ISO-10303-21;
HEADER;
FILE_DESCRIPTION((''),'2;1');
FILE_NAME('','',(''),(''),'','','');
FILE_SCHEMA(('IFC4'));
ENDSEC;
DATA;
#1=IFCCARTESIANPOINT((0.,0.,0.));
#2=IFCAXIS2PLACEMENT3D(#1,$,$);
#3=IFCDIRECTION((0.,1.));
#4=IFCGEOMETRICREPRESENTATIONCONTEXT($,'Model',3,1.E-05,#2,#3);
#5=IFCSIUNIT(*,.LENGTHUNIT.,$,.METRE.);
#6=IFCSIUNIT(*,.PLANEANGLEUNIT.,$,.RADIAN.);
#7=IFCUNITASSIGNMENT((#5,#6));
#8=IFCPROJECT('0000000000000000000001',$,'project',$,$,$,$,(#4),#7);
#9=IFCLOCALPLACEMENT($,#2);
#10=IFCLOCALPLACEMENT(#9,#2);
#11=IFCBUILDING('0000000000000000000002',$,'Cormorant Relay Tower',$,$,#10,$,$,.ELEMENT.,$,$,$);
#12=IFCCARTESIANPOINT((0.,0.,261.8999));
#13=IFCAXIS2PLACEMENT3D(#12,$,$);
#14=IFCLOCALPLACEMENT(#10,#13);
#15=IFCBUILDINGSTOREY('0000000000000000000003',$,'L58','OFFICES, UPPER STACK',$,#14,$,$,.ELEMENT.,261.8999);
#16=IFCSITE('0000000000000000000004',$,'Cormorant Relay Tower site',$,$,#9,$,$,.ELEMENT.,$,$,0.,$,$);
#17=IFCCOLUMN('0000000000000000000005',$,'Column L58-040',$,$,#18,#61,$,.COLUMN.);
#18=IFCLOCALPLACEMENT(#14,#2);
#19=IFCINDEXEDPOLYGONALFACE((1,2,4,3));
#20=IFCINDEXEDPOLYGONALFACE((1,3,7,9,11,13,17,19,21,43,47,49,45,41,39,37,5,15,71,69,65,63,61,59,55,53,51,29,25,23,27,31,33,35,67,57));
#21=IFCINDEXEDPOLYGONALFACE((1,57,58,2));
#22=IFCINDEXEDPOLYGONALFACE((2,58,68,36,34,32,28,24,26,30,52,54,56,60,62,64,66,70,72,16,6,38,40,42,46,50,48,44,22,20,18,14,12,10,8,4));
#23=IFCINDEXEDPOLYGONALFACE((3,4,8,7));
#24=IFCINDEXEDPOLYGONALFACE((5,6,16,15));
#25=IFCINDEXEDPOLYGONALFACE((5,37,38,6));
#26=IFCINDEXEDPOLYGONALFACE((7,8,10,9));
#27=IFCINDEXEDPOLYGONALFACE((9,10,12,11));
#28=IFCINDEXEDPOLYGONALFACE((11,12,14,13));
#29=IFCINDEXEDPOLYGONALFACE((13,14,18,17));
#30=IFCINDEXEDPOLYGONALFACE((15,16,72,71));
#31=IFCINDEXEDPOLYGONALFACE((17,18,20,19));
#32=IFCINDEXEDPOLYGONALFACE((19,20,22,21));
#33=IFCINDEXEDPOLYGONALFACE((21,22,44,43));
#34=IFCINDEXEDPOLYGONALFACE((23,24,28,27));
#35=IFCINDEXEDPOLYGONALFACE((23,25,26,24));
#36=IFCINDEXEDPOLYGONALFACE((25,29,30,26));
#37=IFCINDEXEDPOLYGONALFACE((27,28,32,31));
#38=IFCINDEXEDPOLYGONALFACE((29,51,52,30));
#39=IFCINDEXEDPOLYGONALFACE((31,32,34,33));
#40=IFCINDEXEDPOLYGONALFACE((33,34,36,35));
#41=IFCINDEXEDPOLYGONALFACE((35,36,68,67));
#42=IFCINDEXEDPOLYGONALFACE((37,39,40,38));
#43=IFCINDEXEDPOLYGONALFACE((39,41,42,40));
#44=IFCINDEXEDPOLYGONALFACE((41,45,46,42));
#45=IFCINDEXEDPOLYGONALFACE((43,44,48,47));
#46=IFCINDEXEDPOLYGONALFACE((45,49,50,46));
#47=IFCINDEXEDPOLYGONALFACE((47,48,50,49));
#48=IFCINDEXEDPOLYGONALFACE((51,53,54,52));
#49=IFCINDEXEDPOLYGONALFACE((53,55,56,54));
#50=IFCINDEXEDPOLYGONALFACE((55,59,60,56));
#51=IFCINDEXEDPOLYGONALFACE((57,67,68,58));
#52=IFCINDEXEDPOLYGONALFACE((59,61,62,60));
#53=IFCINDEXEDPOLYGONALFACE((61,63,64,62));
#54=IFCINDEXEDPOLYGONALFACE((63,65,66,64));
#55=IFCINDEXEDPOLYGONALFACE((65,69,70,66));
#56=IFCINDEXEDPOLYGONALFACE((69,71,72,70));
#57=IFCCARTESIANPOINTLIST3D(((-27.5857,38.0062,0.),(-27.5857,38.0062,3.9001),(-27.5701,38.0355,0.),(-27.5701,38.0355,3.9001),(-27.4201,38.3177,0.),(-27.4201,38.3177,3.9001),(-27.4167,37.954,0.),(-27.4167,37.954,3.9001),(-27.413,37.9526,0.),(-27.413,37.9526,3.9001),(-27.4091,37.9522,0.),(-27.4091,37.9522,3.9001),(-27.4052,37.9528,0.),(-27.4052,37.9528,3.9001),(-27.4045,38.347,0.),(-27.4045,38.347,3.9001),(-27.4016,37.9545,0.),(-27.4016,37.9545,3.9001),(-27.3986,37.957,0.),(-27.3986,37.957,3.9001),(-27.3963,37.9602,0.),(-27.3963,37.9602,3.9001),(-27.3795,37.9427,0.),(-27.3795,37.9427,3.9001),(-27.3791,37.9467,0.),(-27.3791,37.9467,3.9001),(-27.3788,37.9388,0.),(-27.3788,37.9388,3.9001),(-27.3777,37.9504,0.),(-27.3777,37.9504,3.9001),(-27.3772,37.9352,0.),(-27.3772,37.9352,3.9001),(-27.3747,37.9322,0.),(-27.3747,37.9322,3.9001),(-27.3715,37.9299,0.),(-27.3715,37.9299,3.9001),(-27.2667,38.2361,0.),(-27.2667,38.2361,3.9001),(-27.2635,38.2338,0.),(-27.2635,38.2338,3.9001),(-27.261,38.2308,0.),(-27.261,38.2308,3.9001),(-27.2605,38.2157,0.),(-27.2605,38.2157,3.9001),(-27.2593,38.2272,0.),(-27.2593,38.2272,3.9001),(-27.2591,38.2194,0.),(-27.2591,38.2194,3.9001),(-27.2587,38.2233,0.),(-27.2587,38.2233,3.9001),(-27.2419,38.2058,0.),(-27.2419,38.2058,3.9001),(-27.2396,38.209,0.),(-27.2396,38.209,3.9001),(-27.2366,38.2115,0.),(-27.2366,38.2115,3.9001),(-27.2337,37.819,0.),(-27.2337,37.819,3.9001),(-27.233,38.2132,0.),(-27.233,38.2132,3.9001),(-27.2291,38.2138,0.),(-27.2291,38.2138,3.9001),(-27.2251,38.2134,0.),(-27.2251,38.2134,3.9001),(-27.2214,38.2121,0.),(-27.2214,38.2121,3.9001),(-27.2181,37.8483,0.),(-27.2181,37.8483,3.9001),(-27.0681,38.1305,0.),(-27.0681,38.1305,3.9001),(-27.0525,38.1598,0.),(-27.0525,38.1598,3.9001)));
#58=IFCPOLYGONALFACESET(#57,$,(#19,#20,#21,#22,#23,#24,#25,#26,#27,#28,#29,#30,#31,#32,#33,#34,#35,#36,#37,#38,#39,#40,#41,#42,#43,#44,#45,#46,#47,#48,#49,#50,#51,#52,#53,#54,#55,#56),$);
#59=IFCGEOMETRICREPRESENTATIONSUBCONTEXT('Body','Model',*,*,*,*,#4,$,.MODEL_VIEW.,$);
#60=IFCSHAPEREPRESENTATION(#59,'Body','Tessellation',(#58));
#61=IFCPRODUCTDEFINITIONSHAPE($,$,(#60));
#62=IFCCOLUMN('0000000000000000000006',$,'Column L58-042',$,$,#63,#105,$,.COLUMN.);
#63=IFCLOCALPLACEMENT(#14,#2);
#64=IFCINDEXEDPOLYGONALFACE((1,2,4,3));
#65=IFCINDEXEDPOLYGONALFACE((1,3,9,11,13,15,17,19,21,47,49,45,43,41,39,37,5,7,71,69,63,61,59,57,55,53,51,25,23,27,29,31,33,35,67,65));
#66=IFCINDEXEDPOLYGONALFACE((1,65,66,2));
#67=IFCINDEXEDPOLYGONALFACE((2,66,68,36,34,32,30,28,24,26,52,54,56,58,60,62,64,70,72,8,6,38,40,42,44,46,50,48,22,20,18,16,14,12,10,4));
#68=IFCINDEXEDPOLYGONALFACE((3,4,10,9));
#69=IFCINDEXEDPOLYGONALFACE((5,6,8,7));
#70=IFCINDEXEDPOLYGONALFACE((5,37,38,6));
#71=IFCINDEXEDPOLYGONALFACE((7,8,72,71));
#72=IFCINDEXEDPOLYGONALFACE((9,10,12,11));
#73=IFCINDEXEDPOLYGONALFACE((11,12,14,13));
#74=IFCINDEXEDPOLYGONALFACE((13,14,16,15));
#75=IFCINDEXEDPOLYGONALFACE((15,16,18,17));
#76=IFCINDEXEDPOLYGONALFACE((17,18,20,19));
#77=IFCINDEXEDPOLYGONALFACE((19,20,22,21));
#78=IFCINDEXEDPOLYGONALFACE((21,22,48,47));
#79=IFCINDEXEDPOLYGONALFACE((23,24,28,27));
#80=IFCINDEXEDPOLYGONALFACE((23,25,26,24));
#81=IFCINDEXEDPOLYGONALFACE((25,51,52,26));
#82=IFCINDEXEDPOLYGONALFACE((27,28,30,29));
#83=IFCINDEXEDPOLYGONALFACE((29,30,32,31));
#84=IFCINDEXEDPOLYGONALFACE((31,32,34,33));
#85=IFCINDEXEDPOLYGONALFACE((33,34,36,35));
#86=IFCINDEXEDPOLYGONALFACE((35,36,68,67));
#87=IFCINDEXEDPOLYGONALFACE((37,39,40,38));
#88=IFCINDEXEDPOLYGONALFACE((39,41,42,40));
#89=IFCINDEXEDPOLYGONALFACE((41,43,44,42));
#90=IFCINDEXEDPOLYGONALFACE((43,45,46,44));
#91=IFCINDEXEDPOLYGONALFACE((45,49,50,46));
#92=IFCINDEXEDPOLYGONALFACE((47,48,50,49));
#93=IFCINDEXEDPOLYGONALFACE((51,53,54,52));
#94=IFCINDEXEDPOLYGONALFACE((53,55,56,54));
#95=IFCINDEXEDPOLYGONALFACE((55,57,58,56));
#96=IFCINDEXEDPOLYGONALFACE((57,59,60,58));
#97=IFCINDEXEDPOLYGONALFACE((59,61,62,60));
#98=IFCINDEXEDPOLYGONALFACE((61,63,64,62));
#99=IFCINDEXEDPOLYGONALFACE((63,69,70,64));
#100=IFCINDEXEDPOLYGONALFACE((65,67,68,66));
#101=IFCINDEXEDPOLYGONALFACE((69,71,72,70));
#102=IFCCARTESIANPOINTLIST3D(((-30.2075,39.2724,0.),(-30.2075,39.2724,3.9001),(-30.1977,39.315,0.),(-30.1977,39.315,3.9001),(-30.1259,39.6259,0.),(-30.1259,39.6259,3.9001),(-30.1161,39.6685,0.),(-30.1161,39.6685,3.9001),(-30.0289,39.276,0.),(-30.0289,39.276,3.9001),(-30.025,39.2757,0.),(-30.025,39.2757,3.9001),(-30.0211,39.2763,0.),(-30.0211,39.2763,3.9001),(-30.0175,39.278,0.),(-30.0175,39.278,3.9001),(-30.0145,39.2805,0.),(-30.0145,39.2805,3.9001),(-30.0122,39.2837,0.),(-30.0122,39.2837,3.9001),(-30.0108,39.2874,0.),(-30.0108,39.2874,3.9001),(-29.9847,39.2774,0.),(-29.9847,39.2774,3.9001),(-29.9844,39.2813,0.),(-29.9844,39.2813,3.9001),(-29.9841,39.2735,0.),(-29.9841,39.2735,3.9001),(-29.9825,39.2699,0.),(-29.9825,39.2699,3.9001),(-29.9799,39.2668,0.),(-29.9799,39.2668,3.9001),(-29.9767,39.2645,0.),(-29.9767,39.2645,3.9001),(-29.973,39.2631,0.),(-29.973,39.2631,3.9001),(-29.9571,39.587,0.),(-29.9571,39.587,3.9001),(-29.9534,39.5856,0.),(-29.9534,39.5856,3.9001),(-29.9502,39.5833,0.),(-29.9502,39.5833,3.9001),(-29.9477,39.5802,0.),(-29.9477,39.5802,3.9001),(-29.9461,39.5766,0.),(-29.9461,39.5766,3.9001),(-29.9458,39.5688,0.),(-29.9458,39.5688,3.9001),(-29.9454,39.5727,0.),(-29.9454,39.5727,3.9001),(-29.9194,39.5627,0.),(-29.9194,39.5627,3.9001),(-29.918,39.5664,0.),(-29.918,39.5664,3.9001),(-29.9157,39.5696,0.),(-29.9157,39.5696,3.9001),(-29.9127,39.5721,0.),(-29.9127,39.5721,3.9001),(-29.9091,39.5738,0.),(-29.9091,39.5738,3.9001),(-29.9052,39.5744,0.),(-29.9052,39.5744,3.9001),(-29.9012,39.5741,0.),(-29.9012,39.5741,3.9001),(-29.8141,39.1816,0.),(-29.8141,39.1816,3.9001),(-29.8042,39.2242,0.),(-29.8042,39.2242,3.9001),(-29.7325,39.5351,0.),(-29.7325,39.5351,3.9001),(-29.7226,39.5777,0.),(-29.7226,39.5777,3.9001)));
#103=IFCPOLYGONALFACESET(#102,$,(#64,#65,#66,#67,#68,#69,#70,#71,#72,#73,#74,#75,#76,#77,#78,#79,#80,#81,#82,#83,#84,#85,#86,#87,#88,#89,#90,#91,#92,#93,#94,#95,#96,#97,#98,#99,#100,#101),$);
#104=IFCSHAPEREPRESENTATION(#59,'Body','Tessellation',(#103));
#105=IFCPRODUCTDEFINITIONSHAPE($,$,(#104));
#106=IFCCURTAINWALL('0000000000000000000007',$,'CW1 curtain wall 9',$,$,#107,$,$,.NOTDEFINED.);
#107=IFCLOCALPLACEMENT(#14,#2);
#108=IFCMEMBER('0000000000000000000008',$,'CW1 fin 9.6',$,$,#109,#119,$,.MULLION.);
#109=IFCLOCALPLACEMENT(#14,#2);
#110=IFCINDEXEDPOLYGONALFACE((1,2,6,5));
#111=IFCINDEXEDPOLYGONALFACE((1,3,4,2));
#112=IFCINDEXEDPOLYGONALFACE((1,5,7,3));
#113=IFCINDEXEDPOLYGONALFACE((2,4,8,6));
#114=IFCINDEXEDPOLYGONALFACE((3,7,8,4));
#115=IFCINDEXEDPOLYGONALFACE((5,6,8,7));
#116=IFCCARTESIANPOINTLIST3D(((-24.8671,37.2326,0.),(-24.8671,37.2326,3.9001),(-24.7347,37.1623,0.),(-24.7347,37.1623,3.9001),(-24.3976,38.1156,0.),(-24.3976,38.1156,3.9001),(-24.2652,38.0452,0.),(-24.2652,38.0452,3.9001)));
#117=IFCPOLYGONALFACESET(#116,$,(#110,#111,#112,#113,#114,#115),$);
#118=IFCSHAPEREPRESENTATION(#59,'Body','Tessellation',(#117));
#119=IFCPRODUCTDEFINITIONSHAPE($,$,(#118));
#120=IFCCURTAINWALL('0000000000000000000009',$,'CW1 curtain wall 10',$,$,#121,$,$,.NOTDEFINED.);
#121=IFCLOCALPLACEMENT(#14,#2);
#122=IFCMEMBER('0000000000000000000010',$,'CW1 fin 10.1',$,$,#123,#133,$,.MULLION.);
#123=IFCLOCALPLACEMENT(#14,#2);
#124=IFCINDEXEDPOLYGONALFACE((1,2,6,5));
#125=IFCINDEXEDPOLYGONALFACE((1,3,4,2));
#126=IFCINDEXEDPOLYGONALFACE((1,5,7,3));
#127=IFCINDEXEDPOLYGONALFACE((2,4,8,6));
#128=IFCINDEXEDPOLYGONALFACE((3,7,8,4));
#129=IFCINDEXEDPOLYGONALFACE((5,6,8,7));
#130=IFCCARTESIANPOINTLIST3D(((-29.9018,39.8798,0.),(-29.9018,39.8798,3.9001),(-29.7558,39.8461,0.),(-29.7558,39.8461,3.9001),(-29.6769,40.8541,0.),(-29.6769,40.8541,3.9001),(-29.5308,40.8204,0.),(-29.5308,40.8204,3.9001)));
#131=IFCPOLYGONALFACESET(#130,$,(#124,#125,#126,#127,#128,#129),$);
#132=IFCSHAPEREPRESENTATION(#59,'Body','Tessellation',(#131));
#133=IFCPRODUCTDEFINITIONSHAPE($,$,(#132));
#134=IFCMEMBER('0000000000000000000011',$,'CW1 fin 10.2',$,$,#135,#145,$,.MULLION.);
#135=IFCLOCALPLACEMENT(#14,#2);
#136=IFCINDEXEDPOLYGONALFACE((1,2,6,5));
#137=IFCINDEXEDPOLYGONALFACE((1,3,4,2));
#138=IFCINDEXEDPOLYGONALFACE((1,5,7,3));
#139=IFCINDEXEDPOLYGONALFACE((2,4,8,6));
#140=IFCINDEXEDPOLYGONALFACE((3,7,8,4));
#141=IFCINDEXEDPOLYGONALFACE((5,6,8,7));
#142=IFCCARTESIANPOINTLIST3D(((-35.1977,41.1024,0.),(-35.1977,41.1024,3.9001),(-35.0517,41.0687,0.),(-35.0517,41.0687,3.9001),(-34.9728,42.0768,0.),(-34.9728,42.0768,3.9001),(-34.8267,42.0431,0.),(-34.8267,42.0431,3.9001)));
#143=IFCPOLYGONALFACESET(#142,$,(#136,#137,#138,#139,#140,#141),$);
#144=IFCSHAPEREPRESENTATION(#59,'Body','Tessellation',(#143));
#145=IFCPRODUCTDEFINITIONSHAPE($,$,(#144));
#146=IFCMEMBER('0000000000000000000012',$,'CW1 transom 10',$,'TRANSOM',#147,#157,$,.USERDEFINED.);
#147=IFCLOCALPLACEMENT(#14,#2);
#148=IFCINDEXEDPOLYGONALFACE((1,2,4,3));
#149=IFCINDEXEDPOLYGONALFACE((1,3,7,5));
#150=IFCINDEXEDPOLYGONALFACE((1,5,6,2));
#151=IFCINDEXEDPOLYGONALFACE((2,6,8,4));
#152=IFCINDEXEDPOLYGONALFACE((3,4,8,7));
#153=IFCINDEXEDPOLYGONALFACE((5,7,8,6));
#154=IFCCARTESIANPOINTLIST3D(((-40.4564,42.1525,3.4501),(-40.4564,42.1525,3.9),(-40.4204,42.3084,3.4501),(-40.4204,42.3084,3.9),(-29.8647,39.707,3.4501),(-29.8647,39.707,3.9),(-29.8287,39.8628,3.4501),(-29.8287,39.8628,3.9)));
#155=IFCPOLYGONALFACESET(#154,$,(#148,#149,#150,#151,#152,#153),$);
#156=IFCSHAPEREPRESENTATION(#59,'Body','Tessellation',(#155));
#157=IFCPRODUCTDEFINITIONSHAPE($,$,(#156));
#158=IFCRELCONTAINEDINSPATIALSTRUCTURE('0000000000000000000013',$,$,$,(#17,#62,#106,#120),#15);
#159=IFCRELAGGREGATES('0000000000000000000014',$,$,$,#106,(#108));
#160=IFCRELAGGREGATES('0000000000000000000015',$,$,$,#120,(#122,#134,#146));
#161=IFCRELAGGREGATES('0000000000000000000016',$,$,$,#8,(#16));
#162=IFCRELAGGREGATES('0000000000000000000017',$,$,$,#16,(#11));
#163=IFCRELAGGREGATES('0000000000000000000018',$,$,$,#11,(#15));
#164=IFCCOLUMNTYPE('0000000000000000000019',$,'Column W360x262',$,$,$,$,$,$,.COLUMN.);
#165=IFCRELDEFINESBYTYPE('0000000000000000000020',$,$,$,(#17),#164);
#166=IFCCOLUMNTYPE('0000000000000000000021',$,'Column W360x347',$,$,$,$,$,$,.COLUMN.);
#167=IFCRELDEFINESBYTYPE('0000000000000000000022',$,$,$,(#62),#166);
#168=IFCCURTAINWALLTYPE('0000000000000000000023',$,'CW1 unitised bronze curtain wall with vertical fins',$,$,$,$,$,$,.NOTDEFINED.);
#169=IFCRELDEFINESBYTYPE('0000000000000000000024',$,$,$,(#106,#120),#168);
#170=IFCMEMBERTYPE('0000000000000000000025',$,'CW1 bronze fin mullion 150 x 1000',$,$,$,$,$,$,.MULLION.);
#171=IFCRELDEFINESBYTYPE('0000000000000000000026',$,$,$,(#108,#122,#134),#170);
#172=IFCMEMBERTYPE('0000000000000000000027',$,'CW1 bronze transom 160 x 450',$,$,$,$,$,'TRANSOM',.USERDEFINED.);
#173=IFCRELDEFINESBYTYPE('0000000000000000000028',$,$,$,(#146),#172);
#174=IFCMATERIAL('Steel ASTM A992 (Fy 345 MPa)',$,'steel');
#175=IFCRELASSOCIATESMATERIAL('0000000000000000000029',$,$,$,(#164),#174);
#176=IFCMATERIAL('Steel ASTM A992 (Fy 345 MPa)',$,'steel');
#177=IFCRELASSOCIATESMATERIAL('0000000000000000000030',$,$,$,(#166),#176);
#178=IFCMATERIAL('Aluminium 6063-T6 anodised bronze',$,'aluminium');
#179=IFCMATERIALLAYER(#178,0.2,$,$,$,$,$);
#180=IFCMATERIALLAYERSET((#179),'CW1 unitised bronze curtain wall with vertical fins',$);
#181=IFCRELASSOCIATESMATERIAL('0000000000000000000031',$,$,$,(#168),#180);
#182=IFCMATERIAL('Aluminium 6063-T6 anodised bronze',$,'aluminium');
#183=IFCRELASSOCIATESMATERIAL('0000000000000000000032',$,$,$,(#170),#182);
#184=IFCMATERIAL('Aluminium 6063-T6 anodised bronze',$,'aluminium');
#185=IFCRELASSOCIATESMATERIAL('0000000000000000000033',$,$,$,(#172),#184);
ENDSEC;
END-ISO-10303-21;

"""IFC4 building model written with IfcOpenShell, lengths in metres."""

from ifc_helpers import new_model, si_unit, direction, frame, origin, origin_2d, place, context, subcontext, project, spatial, rectangle, i_section, extrude, material, layer, layer_set, material_profile, profile_set, type_object, element, aggregate, save


model = new_model("IFC4")

# Units and contexts
model_context = context("Model", 3, precision=1e-05, world=origin(), true_north=direction((0.0, 1.0)))
body_context = subcontext(model_context, "Body", "Model", "MODEL_VIEW")
ifc_project = project(units=[si_unit("LENGTHUNIT", "METRE"), si_unit("PLANEANGLEUNIT", "RADIAN")], contexts=[model_context])

# Site, building, storey
site_placement = place(None, origin())
site = spatial("IfcSite", under=ifc_project, at=site_placement, Name="Cormorant Relay Tower site", CompositionType="ELEMENT", RefElevation=0.0)
building_placement = place(site_placement, origin())
building = spatial("IfcBuilding", under=site, at=building_placement, Name="Cormorant Relay Tower", CompositionType="ELEMENT")
storey_placement = place(building_placement, frame((0.0, 0.0, 261.8999)))
storey = spatial("IfcBuildingStorey", under=building, at=storey_placement, Name="L58", Description="OFFICES, UPPER STACK", CompositionType="ELEMENT", Elevation=261.8999)

# Columns
ifc_material_1 = material(Name="Steel ASTM A992 (Fy 345 MPa)", Category="steel")
ifc_material_profile_1 = material_profile(ifc_material_1, i_section(OverallWidth=0.3987, OverallDepth=0.386, WebThickness=0.021, FlangeThickness=0.0332, FilletRadius=0.0151, at=origin_2d()), Name="W360x262")
ifc_profile_set_1 = profile_set([ifc_material_profile_1], Name="Steel ASTM A992 (Fy 345 MPa)")
column_type_1 = type_object("IfcColumnType", Name="Column W360x262", PredefinedType="COLUMN", material=ifc_profile_set_1)
column_1_placement = place(storey_placement, frame((-27.3191, 38.083, 0.0), z_axis=(0.0, 0.0, 1.0), x_axis=(-0.882948, 0.469472, 0.0)))
element("IfcColumn", 1, at=column_1_placement, inside=storey, type_object=column_type_1, Name="Column L58-040", PredefinedType="COLUMN", context=body_context, shape_type="SweptSolid", body=[
    extrude(i_section(OverallWidth=0.3987, OverallDepth=0.386, WebThickness=0.021, FlangeThickness=0.0332, FilletRadius=0.0151, at=origin_2d()), origin(), (0.0, 0.0, 1.0), 3.9001),
])
ifc_material_2 = material(Name="Steel ASTM A992 (Fy 345 MPa)", Category="steel")
ifc_material_profile_2 = material_profile(ifc_material_2, i_section(OverallWidth=0.4038, OverallDepth=0.4065, WebThickness=0.0271, FlangeThickness=0.0437, FilletRadius=0.0151, at=origin_2d()), Name="W360x347")
ifc_profile_set_2 = profile_set([ifc_material_profile_2], Name="Steel ASTM A992 (Fy 345 MPa)")
column_type_2 = type_object("IfcColumnType", Name="Column W360x347", PredefinedType="COLUMN", material=ifc_profile_set_2)
column_2_placement = place(storey_placement, frame((-29.9651, 39.425, 0.0), z_axis=(0.0, 0.0, 1.0), x_axis=(-0.97437, 0.224951, 0.0)))
element("IfcColumn", 2, at=column_2_placement, inside=storey, type_object=column_type_2, Name="Column L58-042", PredefinedType="COLUMN", context=body_context, shape_type="SweptSolid", body=[
    extrude(i_section(OverallWidth=0.4038, OverallDepth=0.4065, WebThickness=0.0271, FlangeThickness=0.0437, FilletRadius=0.0151, at=origin_2d()), origin(), (0.0, 0.0, 1.0), 3.9001),
])

# Curtain wall, member
ifc_material_3 = material(Name="Aluminium 6063-T6 anodised bronze", Category="aluminium")
ifc_layer_1 = layer(ifc_material_3, 0.2)
ifc_layer_set_1 = layer_set([ifc_layer_1], Name="CW1 unitised bronze curtain wall with vertical fins")
curtain_wall_type = type_object("IfcCurtainWallType", Name="CW1 unitised bronze curtain wall with vertical fins", PredefinedType="NOTDEFINED", material=ifc_layer_set_1)
curtain_wall_1_placement = place(storey_placement, origin())
curtain_wall_1 = element("IfcCurtainWall", 3, at=curtain_wall_1_placement, inside=storey, type_object=curtain_wall_type, Name="CW1 curtain wall 9", PredefinedType="NOTDEFINED")
ifc_material_4 = material(Name="Aluminium 6063-T6 anodised bronze", Category="aluminium")
ifc_material_profile_3 = material_profile(ifc_material_4, rectangle(XDim=0.1499, YDim=1.0, at=origin_2d()), Name="AL 150x1000")
ifc_profile_set_3 = profile_set([ifc_material_profile_3], Name="Aluminium 6063-T6 anodised bronze")
member_type_1 = type_object("IfcMemberType", Name="CW1 bronze fin mullion 150 x 1000", PredefinedType="MULLION", material=ifc_profile_set_3)
member_1_placement = place(storey_placement, frame((-24.5662, 37.6389, 0.0), z_axis=(0.0, 0.0, 1.0), x_axis=(-0.882948, 0.469472, 0.0)))
member_1 = element("IfcMember", 4, at=member_1_placement, type_object=member_type_1, Name="CW1 fin 9.6", PredefinedType="MULLION", context=body_context, shape_type="SweptSolid", body=[
    extrude(rectangle(XDim=0.1499, YDim=1.0, at=origin_2d()), origin(), (0.0, 0.0, 1.0), 3.9001),
])

# Curtain wall, members
curtain_wall_2_placement = place(storey_placement, origin())
curtain_wall_2 = element("IfcCurtainWall", 5, at=curtain_wall_2_placement, inside=storey, type_object=curtain_wall_type, Name="CW1 curtain wall 10", PredefinedType="NOTDEFINED")
member_2_placement = place(storey_placement, frame((-29.7163, 40.3501, 0.0), z_axis=(0.0, 0.0, 1.0), x_axis=(-0.97437, 0.224951, 0.0)))
member_2 = element("IfcMember", 6, at=member_2_placement, type_object=member_type_1, Name="CW1 fin 10.1", PredefinedType="MULLION", context=body_context, shape_type="SweptSolid", body=[
    extrude(rectangle(XDim=0.1499, YDim=1.0, at=origin_2d()), origin(), (0.0, 0.0, 1.0), 3.9001),
])
member_3_placement = place(storey_placement, frame((-35.0122, 41.5728, 0.0), z_axis=(0.0, 0.0, 1.0), x_axis=(-0.97437, 0.224951, 0.0)))
member_3 = element("IfcMember", 7, at=member_3_placement, type_object=member_type_1, Name="CW1 fin 10.2", PredefinedType="MULLION", context=body_context, shape_type="SweptSolid", body=[
    extrude(rectangle(XDim=0.1499, YDim=1.0, at=origin_2d()), origin(), (0.0, 0.0, 1.0), 3.9001),
])
ifc_material_5 = material(Name="Aluminium 6063-T6 anodised bronze", Category="aluminium")
ifc_material_profile_4 = material_profile(ifc_material_5, rectangle(XDim=0.1599, YDim=0.45, at=origin_2d()), Name="AL 160x450")
ifc_profile_set_4 = profile_set([ifc_material_profile_4], Name="Aluminium 6063-T6 anodised bronze")
member_type_2 = type_object("IfcMemberType", Name="CW1 bronze transom 160 x 450", ElementType="TRANSOM", PredefinedType="USERDEFINED", material=ifc_profile_set_4)
member_4_placement = place(storey_placement, frame((-29.8467, 39.7849, 3.675), z_axis=(-0.974365, 0.224973, 0.0), x_axis=(-0.224973, -0.974365, 0.0)))
member_4 = element("IfcMember", 8, at=member_4_placement, type_object=member_type_2, Name="CW1 transom 10", ObjectType="TRANSOM", PredefinedType="USERDEFINED", context=body_context, shape_type="SweptSolid", body=[
    extrude(rectangle(XDim=0.1599, YDim=0.45, at=origin_2d()), origin(), (0.0, 0.0, 1.0), 10.8704),
])

aggregate(curtain_wall_1, [member_1])
aggregate(curtain_wall_2, [member_2, member_3, member_4])

save(model, "model.ifc")
